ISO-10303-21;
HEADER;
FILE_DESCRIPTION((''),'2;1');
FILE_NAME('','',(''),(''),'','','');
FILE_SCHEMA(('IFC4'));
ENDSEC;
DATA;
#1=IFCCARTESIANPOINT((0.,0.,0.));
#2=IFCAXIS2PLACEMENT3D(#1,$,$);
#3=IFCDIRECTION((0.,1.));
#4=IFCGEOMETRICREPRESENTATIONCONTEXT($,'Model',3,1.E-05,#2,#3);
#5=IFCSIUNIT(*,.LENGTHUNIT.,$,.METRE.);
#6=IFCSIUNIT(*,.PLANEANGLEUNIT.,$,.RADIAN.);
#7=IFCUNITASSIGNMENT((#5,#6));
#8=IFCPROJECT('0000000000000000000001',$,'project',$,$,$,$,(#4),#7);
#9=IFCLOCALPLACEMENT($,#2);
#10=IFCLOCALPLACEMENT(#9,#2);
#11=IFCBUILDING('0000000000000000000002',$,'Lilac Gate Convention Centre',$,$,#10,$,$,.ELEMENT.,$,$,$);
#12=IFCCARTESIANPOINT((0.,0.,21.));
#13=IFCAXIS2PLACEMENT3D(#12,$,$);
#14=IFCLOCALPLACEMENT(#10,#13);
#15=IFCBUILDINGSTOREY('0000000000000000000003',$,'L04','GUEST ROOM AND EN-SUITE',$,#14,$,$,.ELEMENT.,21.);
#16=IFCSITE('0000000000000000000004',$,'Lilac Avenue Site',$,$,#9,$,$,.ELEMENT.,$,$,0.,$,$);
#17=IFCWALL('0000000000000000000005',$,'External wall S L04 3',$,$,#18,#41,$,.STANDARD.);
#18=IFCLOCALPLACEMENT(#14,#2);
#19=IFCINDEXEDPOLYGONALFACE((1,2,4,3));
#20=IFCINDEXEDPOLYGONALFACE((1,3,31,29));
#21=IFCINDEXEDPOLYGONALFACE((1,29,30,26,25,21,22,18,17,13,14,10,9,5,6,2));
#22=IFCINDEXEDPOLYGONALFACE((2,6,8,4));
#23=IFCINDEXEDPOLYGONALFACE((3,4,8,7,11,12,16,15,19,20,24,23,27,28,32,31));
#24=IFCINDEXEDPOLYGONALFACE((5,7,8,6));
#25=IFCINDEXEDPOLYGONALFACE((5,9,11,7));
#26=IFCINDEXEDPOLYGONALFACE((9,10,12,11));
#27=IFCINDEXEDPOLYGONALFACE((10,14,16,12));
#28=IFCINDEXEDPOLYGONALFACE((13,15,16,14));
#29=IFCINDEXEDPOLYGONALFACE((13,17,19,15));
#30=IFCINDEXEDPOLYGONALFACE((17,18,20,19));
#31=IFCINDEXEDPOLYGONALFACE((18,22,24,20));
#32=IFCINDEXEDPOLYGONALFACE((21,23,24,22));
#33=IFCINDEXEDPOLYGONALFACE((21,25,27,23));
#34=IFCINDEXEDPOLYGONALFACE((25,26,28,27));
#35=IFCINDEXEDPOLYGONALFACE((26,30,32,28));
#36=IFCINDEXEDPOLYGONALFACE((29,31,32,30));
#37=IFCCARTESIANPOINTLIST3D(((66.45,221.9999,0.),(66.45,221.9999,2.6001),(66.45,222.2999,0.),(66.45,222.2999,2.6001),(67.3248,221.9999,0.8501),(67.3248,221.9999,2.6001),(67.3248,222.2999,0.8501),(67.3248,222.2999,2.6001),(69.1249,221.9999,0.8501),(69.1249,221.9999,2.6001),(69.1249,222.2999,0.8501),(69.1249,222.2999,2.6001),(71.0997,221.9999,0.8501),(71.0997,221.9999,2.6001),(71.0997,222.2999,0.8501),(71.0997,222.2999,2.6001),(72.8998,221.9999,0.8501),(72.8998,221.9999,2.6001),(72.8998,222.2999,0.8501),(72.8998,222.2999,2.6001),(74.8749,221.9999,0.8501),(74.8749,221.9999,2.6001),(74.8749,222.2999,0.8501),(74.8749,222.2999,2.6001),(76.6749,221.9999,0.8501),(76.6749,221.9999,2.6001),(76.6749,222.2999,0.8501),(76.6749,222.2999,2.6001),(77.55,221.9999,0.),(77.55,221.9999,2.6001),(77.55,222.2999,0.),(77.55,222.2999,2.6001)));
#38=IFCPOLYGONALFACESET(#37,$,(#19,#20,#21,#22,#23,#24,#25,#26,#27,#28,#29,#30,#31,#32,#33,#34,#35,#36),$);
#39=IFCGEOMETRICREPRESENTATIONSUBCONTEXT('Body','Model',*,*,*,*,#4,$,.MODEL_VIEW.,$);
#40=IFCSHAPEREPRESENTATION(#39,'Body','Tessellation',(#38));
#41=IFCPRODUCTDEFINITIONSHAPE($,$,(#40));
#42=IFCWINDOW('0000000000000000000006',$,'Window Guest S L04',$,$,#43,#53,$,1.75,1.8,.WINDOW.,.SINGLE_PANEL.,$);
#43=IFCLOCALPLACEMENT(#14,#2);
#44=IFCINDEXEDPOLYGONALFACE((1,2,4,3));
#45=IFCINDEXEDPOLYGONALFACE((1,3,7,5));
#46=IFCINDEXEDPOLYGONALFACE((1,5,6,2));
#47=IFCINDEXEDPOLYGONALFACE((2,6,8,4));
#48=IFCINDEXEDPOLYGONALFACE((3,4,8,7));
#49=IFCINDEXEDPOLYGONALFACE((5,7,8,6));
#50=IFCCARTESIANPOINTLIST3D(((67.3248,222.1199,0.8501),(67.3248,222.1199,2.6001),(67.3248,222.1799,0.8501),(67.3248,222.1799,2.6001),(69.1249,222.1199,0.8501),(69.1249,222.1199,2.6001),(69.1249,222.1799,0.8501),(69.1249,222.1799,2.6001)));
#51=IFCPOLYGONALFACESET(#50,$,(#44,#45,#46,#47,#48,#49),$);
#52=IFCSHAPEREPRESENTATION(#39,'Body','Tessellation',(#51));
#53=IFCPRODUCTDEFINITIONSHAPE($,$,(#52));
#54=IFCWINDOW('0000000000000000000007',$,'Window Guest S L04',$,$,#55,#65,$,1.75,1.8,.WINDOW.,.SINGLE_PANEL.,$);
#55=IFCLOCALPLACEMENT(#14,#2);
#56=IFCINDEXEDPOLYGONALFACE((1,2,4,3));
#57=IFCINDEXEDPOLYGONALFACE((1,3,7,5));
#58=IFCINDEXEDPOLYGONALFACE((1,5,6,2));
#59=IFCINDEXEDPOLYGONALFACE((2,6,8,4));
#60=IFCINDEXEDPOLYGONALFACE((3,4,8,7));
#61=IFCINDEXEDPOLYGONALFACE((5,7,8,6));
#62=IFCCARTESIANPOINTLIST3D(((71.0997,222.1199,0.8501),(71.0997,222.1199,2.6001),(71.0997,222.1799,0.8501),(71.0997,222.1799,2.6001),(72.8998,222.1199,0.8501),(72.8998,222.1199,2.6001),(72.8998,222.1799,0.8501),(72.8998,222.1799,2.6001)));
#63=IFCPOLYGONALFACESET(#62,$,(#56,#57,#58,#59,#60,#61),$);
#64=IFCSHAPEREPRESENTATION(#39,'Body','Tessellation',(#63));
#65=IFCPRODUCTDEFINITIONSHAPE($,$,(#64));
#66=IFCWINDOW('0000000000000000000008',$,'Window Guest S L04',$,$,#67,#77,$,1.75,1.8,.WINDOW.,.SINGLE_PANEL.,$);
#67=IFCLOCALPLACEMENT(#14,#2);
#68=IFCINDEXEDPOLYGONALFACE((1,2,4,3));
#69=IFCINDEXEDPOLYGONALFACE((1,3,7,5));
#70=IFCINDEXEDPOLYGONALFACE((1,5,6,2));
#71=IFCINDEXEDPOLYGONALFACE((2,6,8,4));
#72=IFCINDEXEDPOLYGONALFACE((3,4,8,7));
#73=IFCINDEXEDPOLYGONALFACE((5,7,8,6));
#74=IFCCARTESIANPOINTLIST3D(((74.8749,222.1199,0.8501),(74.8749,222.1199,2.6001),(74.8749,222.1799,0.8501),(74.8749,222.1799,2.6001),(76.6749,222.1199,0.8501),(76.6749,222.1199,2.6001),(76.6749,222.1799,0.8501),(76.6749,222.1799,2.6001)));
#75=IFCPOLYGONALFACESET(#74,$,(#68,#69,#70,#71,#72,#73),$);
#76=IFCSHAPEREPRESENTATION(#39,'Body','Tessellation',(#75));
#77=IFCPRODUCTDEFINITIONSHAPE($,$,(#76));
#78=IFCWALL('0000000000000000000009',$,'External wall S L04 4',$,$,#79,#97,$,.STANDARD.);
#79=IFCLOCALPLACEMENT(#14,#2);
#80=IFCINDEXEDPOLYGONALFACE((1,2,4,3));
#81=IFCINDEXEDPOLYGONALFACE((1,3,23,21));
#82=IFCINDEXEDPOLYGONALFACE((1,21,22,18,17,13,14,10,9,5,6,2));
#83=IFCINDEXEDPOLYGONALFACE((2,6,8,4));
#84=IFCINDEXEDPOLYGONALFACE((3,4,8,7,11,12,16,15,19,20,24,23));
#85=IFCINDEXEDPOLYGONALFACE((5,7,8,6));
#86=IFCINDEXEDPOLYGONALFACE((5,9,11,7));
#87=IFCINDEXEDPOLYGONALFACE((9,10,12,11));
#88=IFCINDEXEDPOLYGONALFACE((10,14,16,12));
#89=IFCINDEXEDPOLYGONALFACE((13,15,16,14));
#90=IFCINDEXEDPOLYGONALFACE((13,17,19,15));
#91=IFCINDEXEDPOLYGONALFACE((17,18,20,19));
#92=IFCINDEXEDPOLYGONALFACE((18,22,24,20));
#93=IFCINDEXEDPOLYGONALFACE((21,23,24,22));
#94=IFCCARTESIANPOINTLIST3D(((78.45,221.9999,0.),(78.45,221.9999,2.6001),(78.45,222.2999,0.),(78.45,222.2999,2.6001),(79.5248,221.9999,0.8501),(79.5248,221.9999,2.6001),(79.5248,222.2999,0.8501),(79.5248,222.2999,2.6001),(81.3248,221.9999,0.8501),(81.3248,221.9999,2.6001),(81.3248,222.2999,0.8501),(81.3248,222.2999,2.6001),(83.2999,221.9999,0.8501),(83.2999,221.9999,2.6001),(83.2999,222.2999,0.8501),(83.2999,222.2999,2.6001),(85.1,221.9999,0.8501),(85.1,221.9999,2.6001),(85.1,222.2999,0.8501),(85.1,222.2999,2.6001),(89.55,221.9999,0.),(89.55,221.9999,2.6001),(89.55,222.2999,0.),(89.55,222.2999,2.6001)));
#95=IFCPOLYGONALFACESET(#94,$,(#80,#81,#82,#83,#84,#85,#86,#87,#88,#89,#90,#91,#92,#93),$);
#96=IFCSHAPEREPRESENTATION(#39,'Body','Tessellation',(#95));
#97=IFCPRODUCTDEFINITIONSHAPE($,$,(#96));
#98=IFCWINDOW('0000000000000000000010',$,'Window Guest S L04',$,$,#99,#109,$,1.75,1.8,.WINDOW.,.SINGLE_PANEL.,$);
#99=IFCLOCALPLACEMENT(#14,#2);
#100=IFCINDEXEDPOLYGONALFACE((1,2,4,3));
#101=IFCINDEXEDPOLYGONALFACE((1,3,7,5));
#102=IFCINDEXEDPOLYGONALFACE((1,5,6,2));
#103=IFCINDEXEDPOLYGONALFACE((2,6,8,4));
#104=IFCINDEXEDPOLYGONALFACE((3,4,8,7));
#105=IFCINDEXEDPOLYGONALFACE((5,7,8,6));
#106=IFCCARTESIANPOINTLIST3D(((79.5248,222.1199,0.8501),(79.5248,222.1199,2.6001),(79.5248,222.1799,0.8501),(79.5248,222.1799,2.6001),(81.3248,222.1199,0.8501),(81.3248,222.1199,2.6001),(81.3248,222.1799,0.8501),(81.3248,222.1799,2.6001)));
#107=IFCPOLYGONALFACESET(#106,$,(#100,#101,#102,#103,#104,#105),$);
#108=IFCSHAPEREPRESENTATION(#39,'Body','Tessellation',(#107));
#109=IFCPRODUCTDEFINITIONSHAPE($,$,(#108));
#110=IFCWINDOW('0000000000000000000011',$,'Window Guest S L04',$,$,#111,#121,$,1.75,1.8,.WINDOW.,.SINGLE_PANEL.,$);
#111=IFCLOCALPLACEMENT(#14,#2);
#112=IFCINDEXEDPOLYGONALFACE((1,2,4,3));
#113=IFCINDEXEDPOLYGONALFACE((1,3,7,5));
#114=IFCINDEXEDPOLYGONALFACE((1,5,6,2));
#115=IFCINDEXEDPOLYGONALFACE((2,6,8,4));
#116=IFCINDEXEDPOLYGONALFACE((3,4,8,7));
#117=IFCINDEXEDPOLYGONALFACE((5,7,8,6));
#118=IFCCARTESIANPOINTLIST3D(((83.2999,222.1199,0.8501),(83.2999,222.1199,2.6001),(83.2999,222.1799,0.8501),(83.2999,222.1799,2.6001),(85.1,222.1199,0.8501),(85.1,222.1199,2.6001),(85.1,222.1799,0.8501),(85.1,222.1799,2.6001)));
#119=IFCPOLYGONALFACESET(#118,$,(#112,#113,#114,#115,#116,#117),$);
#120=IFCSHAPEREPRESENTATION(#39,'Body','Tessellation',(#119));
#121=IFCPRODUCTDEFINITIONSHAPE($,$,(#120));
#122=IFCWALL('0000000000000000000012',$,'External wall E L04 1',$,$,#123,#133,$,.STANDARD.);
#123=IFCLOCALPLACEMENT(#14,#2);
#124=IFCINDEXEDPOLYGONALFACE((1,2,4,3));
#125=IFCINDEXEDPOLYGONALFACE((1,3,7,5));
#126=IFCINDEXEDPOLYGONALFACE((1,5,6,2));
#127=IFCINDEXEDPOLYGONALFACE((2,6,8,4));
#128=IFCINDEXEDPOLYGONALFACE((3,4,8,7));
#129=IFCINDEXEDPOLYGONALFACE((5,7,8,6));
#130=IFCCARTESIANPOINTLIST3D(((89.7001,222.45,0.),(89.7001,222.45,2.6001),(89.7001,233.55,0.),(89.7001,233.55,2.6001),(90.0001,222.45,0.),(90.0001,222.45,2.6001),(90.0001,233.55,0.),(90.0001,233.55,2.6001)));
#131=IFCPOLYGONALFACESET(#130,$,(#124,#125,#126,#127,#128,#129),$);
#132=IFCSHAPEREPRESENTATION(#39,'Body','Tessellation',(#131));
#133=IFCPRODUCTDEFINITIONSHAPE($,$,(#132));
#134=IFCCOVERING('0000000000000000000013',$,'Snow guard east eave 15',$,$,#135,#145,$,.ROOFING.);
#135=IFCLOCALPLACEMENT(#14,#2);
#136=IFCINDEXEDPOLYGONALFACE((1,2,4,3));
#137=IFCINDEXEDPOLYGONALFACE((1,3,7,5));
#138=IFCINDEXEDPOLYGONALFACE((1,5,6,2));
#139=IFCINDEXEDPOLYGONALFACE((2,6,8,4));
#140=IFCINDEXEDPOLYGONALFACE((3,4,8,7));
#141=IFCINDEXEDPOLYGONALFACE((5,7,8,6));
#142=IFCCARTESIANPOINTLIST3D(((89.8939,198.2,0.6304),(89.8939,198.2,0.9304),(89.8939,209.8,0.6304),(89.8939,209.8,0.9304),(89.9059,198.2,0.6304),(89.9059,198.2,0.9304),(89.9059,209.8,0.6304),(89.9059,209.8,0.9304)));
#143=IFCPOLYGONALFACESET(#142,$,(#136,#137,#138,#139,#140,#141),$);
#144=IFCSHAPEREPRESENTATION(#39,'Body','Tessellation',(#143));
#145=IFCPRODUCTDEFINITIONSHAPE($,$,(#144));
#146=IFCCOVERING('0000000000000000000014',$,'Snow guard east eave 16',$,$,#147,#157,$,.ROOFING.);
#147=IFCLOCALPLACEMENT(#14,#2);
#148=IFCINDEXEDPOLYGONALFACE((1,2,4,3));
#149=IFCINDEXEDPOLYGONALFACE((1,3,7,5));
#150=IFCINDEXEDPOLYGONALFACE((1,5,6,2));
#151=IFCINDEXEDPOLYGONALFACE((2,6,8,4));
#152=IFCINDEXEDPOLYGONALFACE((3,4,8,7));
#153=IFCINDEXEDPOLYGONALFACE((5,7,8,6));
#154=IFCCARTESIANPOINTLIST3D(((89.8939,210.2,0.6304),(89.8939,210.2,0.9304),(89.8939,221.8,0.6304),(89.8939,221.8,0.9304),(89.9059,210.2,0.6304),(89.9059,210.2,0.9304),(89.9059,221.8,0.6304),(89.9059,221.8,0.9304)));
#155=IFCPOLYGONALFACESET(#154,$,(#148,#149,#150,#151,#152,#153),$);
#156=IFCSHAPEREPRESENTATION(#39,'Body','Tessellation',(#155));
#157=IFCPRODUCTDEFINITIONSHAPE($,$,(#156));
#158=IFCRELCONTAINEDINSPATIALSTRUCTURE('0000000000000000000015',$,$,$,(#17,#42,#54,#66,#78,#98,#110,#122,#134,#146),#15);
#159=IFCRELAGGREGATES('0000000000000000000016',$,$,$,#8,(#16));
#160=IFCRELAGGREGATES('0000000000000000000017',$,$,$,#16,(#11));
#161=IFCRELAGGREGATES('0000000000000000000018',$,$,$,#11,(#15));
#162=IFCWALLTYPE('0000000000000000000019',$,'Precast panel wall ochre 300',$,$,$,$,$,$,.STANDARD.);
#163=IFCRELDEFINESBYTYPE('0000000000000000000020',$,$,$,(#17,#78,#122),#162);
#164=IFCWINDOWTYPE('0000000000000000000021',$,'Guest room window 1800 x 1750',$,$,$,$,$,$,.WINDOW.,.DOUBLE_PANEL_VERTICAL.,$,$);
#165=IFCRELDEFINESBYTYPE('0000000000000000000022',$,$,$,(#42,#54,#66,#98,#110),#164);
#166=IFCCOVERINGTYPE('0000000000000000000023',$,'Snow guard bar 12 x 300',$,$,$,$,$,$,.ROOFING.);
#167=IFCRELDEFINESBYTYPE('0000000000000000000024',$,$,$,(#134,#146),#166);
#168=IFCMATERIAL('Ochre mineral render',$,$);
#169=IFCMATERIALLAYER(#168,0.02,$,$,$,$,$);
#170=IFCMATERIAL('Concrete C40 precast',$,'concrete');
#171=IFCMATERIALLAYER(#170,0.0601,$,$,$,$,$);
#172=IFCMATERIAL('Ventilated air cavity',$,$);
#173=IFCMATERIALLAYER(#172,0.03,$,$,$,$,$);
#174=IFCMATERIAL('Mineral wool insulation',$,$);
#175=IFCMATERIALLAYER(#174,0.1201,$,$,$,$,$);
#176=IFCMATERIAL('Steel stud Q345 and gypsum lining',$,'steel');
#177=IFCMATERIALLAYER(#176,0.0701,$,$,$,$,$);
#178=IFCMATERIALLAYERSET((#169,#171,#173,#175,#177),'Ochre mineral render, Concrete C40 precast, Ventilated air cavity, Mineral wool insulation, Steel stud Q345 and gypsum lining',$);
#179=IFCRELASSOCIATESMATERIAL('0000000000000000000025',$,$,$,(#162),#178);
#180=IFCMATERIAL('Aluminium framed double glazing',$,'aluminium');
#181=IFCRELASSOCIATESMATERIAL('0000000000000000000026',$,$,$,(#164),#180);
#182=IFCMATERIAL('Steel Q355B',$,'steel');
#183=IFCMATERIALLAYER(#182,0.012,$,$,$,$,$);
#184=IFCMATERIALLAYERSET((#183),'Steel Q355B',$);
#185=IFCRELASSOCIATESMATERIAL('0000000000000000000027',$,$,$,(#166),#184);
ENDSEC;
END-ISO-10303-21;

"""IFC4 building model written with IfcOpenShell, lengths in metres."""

from ifc_helpers import new_model, si_unit, direction, frame, frame_2d, origin, origin_2d, place, context, subcontext, project, spatial, rectangle, extrude, material, layer, layer_set, type_object, element, fill, save


model = new_model("IFC4")

# Units and contexts
model_context = context("Model", 3, precision=1e-05, world=origin(), true_north=direction((0.0, 1.0)))
body_context = subcontext(model_context, "Body", "Model", "MODEL_VIEW")
ifc_project = project(units=[si_unit("LENGTHUNIT", "METRE"), si_unit("PLANEANGLEUNIT", "RADIAN")], contexts=[model_context])

# Site, building, storey
site_placement = place(None, origin())
site = spatial("IfcSite", under=ifc_project, at=site_placement, Name="Lilac Avenue Site", CompositionType="ELEMENT", RefElevation=0.0)
building_placement = place(site_placement, origin())
building = spatial("IfcBuilding", under=site, at=building_placement, Name="Lilac Gate Convention Centre", CompositionType="ELEMENT")
storey_placement = place(building_placement, frame((0.0, 0.0, 21.0)))
storey = spatial("IfcBuildingStorey", under=building, at=storey_placement, Name="L04", Description="GUEST ROOM AND EN-SUITE", CompositionType="ELEMENT", Elevation=21.0)

# Shared definitions
ifc_material_1 = material(Name="Concrete C40 precast", Category="concrete")
ifc_material_2 = material(Name="Ochre mineral render")

# Walls, openings, windows
ifc_layer_1 = layer(ifc_material_2, 0.02)
ifc_layer_2 = layer(ifc_material_1, 0.0601)
ifc_material_3 = material(Name="Ventilated air cavity")
ifc_layer_3 = layer(ifc_material_3, 0.03)
ifc_material_4 = material(Name="Mineral wool insulation")
ifc_layer_4 = layer(ifc_material_4, 0.1201)
ifc_material_5 = material(Name="Steel stud Q345 and gypsum lining", Category="steel")
ifc_layer_5 = layer(ifc_material_5, 0.0701)
ifc_layer_set_1 = layer_set([ifc_layer_1, ifc_layer_2, ifc_layer_3, ifc_layer_4, ifc_layer_5], Name="Ochre mineral render, Concrete C40 precast, Ventilated air cavity, Mineral wool insulation, Steel stud Q345 and gypsum lining")
wall_type_1 = type_object("IfcWallType", Name="Precast panel wall ochre 300", PredefinedType="STANDARD", material=ifc_layer_set_1)
wall_1_placement = place(storey_placement, frame((66.45, 222.1499, 0.0), z_axis=(0.0, 0.0, 1.0), x_axis=(1.0, 0.0, 0.0)))
wall_1 = element("IfcWall", 1, at=wall_1_placement, inside=storey, type_object=wall_type_1, Name="External wall S L04 3", PredefinedType="STANDARD", context=body_context, shape_type="SweptSolid", body=[
    extrude(rectangle(XDim=11.1001, YDim=0.3, at=frame_2d((5.55, 0.0))), origin(), (0.0, 0.0, 1.0), 2.6001),
])
opening_1_placement = place(wall_1_placement, frame((0.875, 0.0, 0.8501)))
opening_1 = element("IfcOpeningElement", 2, at=opening_1_placement, cuts=wall_1, PredefinedType="OPENING", context=body_context, shape_type="SweptSolid", body=[
    extrude(rectangle(XDim=1.8, YDim=1.75, at=frame_2d((0.8999, 0.875))), frame((0.0, 0.1599, 0.0), z_axis=(0.0, -1.0, 0.0), x_axis=(1.0, 0.0, 0.0)), (0.0, 0.0, 1.0), 0.3201),
])
opening_2_placement = place(wall_1_placement, frame((4.6499, 0.0, 0.8501)))
opening_2 = element("IfcOpeningElement", 3, at=opening_2_placement, cuts=wall_1, PredefinedType="OPENING", context=body_context, shape_type="SweptSolid", body=[
    extrude(rectangle(XDim=1.8, YDim=1.75, at=frame_2d((0.8999, 0.875))), frame((0.0, 0.1599, 0.0), z_axis=(0.0, -1.0, 0.0), x_axis=(1.0, 0.0, 0.0)), (0.0, 0.0, 1.0), 0.3201),
])
opening_3_placement = place(wall_1_placement, frame((8.425, 0.0, 0.8501)))
opening_3 = element("IfcOpeningElement", 4, at=opening_3_placement, cuts=wall_1, PredefinedType="OPENING", context=body_context, shape_type="SweptSolid", body=[
    extrude(rectangle(XDim=1.8, YDim=1.75, at=frame_2d((0.8999, 0.875))), frame((0.0, 0.1599, 0.0), z_axis=(0.0, -1.0, 0.0), x_axis=(1.0, 0.0, 0.0)), (0.0, 0.0, 1.0), 0.3201),
])
ifc_material_6 = material(Name="Aluminium framed double glazing", Category="aluminium")
window_type = type_object("IfcWindowType", Name="Guest room window 1800 x 1750", PartitioningType="DOUBLE_PANEL_VERTICAL", PredefinedType="WINDOW", material=ifc_material_6)
window_1_placement = place(opening_1_placement, origin())
window_1 = element("IfcWindow", 5, at=window_1_placement, inside=storey, type_object=window_type, Name="Window Guest S L04", OverallHeight=1.75, OverallWidth=1.8, PartitioningType="SINGLE_PANEL", PredefinedType="WINDOW", context=body_context, shape_type="SweptSolid", body=[
    extrude(rectangle(XDim=1.8, YDim=1.75, at=frame_2d((0.8999, 0.875))), frame((0.0, 0.03, 0.0), z_axis=(0.0, -1.0, 0.0), x_axis=(1.0, 0.0, 0.0)), (0.0, 0.0, 1.0), 0.0601),
])
fill(opening_1, window_1)
window_2_placement = place(opening_2_placement, origin())
window_2 = element("IfcWindow", 6, at=window_2_placement, inside=storey, type_object=window_type, Name="Window Guest S L04", OverallHeight=1.75, OverallWidth=1.8, PartitioningType="SINGLE_PANEL", PredefinedType="WINDOW", context=body_context, shape_type="SweptSolid", body=[
    extrude(rectangle(XDim=1.8, YDim=1.75, at=frame_2d((0.8999, 0.875))), frame((0.0, 0.03, 0.0), z_axis=(0.0, -1.0, 0.0), x_axis=(1.0, 0.0, 0.0)), (0.0, 0.0, 1.0), 0.0601),
])
fill(opening_2, window_2)
window_3_placement = place(opening_3_placement, origin())
window_3 = element("IfcWindow", 7, at=window_3_placement, inside=storey, type_object=window_type, Name="Window Guest S L04", OverallHeight=1.75, OverallWidth=1.8, PartitioningType="SINGLE_PANEL", PredefinedType="WINDOW", context=body_context, shape_type="SweptSolid", body=[
    extrude(rectangle(XDim=1.8, YDim=1.75, at=frame_2d((0.8999, 0.875))), frame((0.0, 0.03, 0.0), z_axis=(0.0, -1.0, 0.0), x_axis=(1.0, 0.0, 0.0)), (0.0, 0.0, 1.0), 0.0601),
])
fill(opening_3, window_3)
wall_2_placement = place(storey_placement, frame((78.45, 222.1499, 0.0), z_axis=(0.0, 0.0, 1.0), x_axis=(1.0, 0.0, 0.0)))
wall_2 = element("IfcWall", 8, at=wall_2_placement, inside=storey, type_object=wall_type_1, Name="External wall S L04 4", PredefinedType="STANDARD", context=body_context, shape_type="SweptSolid", body=[
    extrude(rectangle(XDim=11.1001, YDim=0.3, at=frame_2d((5.55, 0.0))), origin(), (0.0, 0.0, 1.0), 2.6001),
])
opening_4_placement = place(wall_2_placement, frame((1.075, 0.0, 0.8501)))
opening_4 = element("IfcOpeningElement", 9, at=opening_4_placement, cuts=wall_2, PredefinedType="OPENING", context=body_context, shape_type="SweptSolid", body=[
    extrude(rectangle(XDim=1.8, YDim=1.75, at=frame_2d((0.8999, 0.875))), frame((0.0, 0.1599, 0.0), z_axis=(0.0, -1.0, 0.0), x_axis=(1.0, 0.0, 0.0)), (0.0, 0.0, 1.0), 0.3201),
])
opening_5_placement = place(wall_2_placement, frame((4.8501, 0.0, 0.8501)))
opening_5 = element("IfcOpeningElement", 10, at=opening_5_placement, cuts=wall_2, PredefinedType="OPENING", context=body_context, shape_type="SweptSolid", body=[
    extrude(rectangle(XDim=1.8, YDim=1.75, at=frame_2d((0.8999, 0.875))), frame((0.0, 0.1599, 0.0), z_axis=(0.0, -1.0, 0.0), x_axis=(1.0, 0.0, 0.0)), (0.0, 0.0, 1.0), 0.3201),
])
window_4_placement = place(opening_4_placement, origin())
window_4 = element("IfcWindow", 11, at=window_4_placement, inside=storey, type_object=window_type, Name="Window Guest S L04", OverallHeight=1.75, OverallWidth=1.8, PartitioningType="SINGLE_PANEL", PredefinedType="WINDOW", context=body_context, shape_type="SweptSolid", body=[
    extrude(rectangle(XDim=1.8, YDim=1.75, at=frame_2d((0.8999, 0.875))), frame((0.0, 0.03, 0.0), z_axis=(0.0, -1.0, 0.0), x_axis=(1.0, 0.0, 0.0)), (0.0, 0.0, 1.0), 0.0601),
])
fill(opening_4, window_4)
window_5_placement = place(opening_5_placement, origin())
window_5 = element("IfcWindow", 12, at=window_5_placement, inside=storey, type_object=window_type, Name="Window Guest S L04", OverallHeight=1.75, OverallWidth=1.8, PartitioningType="SINGLE_PANEL", PredefinedType="WINDOW", context=body_context, shape_type="SweptSolid", body=[
    extrude(rectangle(XDim=1.8, YDim=1.75, at=frame_2d((0.8999, 0.875))), frame((0.0, 0.03, 0.0), z_axis=(0.0, -1.0, 0.0), x_axis=(1.0, 0.0, 0.0)), (0.0, 0.0, 1.0), 0.0601),
])
fill(opening_5, window_5)

# Wall
wall_3_placement = place(storey_placement, frame((89.8501, 222.45, 0.0), z_axis=(0.0, 0.0, 1.0), x_axis=(0.0, 1.0, 0.0)))
element("IfcWall", 13, at=wall_3_placement, inside=storey, type_object=wall_type_1, Name="External wall E L04 1", PredefinedType="STANDARD", context=body_context, shape_type="SweptSolid", body=[
    extrude(rectangle(XDim=11.1001, YDim=0.3, at=frame_2d((5.55, 0.0))), origin(), (0.0, 0.0, 1.0), 2.6001),
])

# Coverings
ifc_material_7 = material(Name="Steel Q355B", Category="steel")
ifc_layer_6 = layer(ifc_material_7, 0.012)
ifc_layer_set_2 = layer_set([ifc_layer_6], Name="Steel Q355B")
covering_type = type_object("IfcCoveringType", Name="Snow guard bar 12 x 300", PredefinedType="ROOFING", material=ifc_layer_set_2)
for number, where, z_axis, x_axis, name in (
    (14, (89.8999, 204.0, 0.6304), (0.0, 0.0, 1.0), (0.0, 1.0, 0.0), "Snow guard east eave 15"),
    (15, (89.8999, 216.0, 0.6304), (0.0, 0.0, 1.0), (0.0, 1.0, 0.0), "Snow guard east eave 16"),
):
    element("IfcCovering", number, at=place(storey_placement, frame(where, z_axis=z_axis, x_axis=x_axis)), inside=storey, type_object=covering_type, Name=name, PredefinedType="ROOFING", context=body_context, shape_type="SweptSolid", body=[
        extrude(rectangle(XDim=11.6001, YDim=0.012, at=origin_2d()), origin(), (0.0, 0.0, 1.0), 0.3),
    ])

save(model, "model.ifc")
